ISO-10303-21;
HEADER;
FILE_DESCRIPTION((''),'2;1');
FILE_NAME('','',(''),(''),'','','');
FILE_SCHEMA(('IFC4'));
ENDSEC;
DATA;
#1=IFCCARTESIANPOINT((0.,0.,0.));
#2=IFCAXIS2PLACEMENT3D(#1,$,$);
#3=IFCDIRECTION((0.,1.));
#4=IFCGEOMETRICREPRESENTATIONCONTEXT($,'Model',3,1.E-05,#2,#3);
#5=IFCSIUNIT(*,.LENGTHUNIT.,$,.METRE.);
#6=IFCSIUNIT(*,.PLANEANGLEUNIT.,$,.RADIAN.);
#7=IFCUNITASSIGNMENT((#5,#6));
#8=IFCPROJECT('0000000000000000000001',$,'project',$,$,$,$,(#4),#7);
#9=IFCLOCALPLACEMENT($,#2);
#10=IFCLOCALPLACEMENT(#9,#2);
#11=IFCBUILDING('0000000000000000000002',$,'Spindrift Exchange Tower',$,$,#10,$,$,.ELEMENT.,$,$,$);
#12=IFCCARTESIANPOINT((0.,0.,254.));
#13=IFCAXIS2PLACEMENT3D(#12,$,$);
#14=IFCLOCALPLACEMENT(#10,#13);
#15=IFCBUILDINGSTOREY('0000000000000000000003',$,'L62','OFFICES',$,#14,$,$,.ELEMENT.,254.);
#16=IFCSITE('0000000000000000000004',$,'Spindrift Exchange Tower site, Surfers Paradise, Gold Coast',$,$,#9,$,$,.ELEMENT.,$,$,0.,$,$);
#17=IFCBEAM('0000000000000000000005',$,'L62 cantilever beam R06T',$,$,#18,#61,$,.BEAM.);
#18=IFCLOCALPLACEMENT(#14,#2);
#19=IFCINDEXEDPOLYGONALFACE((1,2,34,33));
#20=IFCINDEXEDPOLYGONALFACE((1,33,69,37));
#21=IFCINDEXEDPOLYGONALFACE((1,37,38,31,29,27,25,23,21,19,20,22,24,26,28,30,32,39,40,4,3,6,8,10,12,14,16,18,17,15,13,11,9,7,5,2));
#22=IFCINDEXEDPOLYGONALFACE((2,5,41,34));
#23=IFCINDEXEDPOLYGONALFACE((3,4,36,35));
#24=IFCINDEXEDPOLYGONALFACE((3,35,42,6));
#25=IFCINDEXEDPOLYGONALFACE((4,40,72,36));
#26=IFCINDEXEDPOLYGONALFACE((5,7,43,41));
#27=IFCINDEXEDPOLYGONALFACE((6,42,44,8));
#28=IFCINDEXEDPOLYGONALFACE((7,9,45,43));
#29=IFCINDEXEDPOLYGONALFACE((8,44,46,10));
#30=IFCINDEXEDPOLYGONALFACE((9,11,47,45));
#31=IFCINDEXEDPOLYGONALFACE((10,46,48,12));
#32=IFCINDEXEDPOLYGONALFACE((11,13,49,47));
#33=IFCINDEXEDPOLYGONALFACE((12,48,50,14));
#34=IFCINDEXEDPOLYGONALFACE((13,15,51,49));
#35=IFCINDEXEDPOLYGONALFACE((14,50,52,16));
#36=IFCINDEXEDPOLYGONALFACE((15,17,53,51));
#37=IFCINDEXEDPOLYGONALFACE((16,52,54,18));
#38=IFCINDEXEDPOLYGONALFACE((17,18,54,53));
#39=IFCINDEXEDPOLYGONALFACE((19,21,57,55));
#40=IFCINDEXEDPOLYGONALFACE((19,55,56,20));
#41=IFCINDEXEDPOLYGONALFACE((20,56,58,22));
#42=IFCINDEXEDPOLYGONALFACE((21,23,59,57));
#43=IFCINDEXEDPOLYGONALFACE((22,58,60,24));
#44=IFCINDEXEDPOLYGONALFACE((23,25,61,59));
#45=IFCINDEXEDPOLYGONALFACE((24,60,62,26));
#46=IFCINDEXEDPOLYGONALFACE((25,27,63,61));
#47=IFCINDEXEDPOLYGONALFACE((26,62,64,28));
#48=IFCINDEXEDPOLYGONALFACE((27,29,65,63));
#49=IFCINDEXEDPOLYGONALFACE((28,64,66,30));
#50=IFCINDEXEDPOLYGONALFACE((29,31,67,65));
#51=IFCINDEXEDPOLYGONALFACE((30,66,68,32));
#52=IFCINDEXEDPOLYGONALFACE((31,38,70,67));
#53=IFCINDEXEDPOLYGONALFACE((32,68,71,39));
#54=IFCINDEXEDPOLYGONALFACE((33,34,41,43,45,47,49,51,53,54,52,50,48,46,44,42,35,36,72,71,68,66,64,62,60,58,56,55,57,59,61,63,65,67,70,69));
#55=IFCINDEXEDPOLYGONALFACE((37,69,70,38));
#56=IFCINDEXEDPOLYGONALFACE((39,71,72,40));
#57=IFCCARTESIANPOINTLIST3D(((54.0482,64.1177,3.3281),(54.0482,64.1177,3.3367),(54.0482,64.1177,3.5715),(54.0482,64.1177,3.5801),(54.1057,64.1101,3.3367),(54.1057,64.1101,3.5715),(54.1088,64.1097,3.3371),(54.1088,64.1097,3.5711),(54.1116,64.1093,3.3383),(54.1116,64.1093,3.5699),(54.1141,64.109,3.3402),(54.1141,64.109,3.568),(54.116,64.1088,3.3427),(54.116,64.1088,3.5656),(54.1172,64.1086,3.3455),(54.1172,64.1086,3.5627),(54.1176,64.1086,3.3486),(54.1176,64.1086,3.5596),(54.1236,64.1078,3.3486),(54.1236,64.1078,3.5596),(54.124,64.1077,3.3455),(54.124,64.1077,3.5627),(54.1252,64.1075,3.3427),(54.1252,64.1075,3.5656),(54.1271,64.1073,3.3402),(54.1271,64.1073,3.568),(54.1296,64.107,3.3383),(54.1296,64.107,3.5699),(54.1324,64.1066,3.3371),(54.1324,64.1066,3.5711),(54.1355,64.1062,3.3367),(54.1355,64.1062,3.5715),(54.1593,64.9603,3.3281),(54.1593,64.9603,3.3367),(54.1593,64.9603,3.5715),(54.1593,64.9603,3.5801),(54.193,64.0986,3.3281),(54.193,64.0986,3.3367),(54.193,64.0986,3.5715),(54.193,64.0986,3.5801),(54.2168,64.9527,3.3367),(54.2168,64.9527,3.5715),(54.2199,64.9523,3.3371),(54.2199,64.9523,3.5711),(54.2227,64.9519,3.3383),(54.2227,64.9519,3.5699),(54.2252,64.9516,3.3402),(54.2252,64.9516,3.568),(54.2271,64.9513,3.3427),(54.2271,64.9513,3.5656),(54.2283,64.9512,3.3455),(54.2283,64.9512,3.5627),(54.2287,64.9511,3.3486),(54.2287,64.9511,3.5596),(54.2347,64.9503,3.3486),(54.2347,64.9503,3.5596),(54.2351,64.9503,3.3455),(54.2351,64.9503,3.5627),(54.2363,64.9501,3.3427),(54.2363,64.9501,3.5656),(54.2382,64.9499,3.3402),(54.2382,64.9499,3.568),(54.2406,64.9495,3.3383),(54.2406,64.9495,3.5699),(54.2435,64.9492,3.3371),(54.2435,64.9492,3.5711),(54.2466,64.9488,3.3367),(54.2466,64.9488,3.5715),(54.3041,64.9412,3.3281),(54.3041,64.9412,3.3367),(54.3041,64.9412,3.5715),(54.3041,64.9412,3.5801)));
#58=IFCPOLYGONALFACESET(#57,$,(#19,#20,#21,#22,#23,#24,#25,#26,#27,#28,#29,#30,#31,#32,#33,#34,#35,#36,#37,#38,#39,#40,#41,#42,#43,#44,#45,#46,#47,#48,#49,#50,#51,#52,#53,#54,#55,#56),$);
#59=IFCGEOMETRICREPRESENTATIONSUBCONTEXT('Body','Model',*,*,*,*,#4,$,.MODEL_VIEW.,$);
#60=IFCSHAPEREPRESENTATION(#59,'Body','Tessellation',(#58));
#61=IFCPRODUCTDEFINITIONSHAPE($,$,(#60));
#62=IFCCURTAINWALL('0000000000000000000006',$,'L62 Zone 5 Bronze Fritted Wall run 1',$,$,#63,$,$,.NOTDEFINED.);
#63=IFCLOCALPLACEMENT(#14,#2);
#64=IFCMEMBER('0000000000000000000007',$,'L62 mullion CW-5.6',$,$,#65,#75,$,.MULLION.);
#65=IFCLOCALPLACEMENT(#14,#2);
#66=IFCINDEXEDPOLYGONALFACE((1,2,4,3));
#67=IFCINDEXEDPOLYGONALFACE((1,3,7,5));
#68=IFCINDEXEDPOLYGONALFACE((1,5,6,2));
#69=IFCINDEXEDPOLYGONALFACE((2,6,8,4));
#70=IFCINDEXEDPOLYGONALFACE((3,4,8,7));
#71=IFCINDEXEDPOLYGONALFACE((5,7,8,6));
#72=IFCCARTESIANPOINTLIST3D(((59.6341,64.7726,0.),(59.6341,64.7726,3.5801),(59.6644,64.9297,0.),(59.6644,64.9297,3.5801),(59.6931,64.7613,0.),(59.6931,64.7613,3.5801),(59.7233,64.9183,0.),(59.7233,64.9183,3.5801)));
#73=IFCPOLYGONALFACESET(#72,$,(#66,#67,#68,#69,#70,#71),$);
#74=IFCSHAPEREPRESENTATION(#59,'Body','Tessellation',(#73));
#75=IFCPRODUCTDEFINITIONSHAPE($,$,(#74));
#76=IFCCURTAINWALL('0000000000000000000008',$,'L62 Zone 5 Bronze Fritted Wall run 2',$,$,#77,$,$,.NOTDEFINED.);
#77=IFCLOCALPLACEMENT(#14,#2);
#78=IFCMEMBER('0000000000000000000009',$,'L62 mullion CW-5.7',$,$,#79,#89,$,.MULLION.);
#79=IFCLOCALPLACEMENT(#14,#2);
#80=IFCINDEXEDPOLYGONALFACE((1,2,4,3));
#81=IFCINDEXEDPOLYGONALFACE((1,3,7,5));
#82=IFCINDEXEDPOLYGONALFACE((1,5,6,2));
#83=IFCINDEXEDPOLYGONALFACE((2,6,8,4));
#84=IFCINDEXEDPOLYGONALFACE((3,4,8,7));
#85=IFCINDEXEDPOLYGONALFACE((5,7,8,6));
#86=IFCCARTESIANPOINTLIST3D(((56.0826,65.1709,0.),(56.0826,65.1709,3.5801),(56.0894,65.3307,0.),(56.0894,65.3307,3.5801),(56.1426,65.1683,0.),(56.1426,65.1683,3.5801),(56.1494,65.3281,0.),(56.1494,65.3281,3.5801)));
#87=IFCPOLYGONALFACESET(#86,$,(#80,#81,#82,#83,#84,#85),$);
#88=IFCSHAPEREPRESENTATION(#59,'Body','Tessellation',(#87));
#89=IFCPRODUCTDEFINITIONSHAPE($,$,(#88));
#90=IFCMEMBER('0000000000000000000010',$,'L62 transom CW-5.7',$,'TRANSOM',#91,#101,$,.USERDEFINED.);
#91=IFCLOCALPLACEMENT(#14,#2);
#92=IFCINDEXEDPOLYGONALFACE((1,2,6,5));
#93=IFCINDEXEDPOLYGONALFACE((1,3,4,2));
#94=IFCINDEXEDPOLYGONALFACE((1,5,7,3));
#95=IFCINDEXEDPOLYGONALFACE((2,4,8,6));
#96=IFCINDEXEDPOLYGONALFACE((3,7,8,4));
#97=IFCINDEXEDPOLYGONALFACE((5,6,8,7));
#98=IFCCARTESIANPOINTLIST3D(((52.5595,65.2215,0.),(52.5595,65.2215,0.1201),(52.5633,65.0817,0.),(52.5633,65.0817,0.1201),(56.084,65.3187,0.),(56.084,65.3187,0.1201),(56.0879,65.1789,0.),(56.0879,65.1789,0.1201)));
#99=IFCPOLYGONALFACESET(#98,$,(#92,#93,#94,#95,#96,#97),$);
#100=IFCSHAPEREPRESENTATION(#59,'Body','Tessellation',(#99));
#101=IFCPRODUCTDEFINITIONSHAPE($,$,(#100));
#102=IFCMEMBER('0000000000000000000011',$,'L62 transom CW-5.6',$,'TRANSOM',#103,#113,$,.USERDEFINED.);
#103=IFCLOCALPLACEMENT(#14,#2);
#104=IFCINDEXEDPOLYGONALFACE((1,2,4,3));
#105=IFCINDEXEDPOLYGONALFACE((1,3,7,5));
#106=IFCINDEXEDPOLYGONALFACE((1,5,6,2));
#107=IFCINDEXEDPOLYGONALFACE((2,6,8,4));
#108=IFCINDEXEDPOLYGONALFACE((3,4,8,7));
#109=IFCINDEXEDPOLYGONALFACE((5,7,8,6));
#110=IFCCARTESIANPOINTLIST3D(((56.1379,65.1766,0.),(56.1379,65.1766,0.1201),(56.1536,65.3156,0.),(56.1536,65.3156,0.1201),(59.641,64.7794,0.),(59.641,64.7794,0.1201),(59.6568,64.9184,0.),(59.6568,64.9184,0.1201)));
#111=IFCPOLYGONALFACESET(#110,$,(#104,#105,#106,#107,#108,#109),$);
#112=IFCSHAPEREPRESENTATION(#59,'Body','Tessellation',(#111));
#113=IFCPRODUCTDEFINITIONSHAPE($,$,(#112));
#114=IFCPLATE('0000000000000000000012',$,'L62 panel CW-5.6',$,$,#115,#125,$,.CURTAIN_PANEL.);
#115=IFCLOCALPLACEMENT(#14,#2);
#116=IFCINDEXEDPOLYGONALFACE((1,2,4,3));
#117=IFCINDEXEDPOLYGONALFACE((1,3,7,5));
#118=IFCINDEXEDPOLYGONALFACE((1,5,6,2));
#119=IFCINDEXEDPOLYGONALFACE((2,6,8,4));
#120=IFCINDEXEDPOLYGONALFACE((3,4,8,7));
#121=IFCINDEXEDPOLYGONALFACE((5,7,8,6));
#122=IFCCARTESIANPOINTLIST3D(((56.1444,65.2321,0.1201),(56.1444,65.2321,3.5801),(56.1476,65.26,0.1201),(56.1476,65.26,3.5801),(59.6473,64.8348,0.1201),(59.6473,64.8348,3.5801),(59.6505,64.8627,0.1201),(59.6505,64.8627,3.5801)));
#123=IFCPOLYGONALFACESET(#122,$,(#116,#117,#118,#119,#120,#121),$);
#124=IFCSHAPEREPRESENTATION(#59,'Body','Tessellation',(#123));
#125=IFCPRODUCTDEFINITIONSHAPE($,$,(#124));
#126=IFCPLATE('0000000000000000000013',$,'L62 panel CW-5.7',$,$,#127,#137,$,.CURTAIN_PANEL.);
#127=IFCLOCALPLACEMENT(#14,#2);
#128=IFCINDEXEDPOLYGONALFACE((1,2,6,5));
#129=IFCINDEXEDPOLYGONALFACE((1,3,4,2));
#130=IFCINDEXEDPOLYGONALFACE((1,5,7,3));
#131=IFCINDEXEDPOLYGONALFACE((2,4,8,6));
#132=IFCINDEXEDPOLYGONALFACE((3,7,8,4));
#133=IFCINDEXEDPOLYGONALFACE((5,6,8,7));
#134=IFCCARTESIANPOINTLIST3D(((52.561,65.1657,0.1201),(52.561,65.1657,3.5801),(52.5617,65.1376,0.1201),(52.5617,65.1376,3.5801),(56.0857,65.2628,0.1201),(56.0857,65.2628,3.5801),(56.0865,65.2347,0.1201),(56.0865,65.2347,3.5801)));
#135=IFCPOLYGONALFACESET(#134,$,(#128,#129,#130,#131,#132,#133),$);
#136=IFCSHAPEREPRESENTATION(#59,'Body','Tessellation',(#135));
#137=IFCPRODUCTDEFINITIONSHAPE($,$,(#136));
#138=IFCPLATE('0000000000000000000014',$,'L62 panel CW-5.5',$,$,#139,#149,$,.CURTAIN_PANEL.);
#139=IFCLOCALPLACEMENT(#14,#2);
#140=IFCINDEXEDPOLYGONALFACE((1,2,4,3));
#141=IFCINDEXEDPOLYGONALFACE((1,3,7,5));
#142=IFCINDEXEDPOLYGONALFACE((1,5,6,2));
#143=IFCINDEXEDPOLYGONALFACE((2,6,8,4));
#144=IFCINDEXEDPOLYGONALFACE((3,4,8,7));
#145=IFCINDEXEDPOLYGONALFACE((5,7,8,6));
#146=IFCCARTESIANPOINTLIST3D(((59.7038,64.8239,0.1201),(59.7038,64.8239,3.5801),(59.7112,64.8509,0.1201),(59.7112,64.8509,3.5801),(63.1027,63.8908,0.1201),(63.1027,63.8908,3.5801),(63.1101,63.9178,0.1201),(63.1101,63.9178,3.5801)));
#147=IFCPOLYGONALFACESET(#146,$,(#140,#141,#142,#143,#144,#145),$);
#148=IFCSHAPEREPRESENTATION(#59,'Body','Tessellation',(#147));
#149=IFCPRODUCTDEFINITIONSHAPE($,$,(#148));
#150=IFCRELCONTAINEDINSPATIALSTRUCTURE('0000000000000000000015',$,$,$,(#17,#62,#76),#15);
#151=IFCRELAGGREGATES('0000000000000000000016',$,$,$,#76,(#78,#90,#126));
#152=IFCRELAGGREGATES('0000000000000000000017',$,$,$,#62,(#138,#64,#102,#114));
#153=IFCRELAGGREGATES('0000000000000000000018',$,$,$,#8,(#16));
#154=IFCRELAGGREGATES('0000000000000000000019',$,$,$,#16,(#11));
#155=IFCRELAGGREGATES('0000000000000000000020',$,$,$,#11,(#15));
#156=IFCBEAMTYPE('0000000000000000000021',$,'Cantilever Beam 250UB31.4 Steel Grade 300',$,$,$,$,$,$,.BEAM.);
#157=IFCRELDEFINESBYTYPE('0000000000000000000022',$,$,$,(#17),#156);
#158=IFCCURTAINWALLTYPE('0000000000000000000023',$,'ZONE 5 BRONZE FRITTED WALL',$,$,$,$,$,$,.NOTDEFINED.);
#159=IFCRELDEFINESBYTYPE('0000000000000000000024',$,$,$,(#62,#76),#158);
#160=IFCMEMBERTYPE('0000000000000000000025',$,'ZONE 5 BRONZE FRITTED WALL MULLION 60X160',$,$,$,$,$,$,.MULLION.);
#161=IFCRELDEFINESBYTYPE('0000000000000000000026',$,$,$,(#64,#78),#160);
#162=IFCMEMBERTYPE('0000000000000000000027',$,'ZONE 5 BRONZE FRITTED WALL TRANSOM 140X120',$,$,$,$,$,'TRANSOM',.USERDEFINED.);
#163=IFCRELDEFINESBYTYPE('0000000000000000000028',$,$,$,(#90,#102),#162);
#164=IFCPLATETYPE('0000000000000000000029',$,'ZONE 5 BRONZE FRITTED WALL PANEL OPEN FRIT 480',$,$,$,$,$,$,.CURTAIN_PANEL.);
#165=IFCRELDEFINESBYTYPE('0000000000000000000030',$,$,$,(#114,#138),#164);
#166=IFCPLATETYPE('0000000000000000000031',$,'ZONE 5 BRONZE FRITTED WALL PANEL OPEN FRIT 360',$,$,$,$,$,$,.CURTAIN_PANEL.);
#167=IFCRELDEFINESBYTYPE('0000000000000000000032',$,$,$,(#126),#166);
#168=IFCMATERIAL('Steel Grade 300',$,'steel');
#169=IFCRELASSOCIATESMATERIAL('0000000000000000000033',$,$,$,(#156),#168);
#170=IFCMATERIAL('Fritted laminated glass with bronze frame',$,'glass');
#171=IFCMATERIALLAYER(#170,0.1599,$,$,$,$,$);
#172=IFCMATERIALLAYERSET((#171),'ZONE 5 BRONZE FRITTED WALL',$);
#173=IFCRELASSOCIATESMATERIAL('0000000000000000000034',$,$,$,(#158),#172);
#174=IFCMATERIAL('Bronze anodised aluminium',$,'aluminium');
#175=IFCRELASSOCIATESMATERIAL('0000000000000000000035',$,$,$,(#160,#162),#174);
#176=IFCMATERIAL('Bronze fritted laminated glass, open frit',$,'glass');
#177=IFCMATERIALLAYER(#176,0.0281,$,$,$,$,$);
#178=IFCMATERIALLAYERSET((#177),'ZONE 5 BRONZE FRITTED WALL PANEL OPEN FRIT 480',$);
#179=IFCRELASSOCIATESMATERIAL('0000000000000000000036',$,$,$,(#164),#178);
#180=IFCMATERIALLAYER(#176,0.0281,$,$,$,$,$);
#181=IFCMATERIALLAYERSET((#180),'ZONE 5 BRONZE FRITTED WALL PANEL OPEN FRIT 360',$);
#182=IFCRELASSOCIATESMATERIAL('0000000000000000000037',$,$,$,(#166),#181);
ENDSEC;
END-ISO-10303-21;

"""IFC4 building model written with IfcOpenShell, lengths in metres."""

from ifc_helpers import new_model, si_unit, direction, frame, origin, origin_2d, place, context, subcontext, project, spatial, rectangle, i_section, extrude, source, transform, mapped, material, layer, layer_set, material_profile, profile_set, type_object, element, aggregate, save


model = new_model("IFC4")

# Units and contexts
model_context = context("Model", 3, precision=1e-05, world=origin(), true_north=direction((0.0, 1.0)))
body_context = subcontext(model_context, "Body", "Model", "MODEL_VIEW")
ifc_project = project(units=[si_unit("LENGTHUNIT", "METRE"), si_unit("PLANEANGLEUNIT", "RADIAN")], contexts=[model_context])

# Site, building, storey
site_placement = place(None, origin())
site = spatial("IfcSite", under=ifc_project, at=site_placement, Name="Spindrift Exchange Tower site, Surfers Paradise, Gold Coast", CompositionType="ELEMENT", RefElevation=0.0)
building_placement = place(site_placement, origin())
building = spatial("IfcBuilding", under=site, at=building_placement, Name="Spindrift Exchange Tower", CompositionType="ELEMENT")
storey_placement = place(building_placement, frame((0.0, 0.0, 254.0)))
storey = spatial("IfcBuildingStorey", under=building, at=storey_placement, Name="L62", Description="OFFICES", CompositionType="ELEMENT", Elevation=254.0)

# Beam
ifc_material_1 = material(Name="Steel Grade 300", Category="steel")
ifc_material_profile_1 = material_profile(ifc_material_1, i_section(OverallWidth=0.146, OverallDepth=0.252, WebThickness=0.0061, FlangeThickness=0.0085, FilletRadius=0.012, at=origin_2d()), Name="250UB31.4")
ifc_profile_set_1 = profile_set([ifc_material_profile_1], Name="Steel Grade 300")
beam_type_1 = type_object("IfcBeamType", Name="Cantilever Beam 250UB31.4 Steel Grade 300", PredefinedType="BEAM", material=ifc_profile_set_1)
shared_shape_1 = source(origin(), body_context, "Body", "SweptSolid", [
    extrude(i_section(OverallWidth=0.146, OverallDepth=0.252, WebThickness=0.0061, FlangeThickness=0.0085, FilletRadius=0.012, at=origin_2d()), origin(), (0.0, 0.0, 1.0), 0.8499),
])
beam_1_placement = place(storey_placement, frame((54.1206, 64.1082, 3.4541), z_axis=(0.130715, 0.99142, 0.0), x_axis=(-0.99142, 0.130715, 0.0)))
element("IfcBeam", 1, at=beam_1_placement, inside=storey, type_object=beam_type_1, Name="L62 cantilever beam R06T", PredefinedType="BEAM", context=body_context, shape_type="MappedRepresentation", body=[
    mapped(shared_shape_1, transform((0.0, 0.0, 0.0), scale=1.0)),
])

# Curtain wall, member
ifc_material_2 = material(Name="Fritted laminated glass with bronze frame", Category="glass")
ifc_layer_1 = layer(ifc_material_2, 0.1599)
ifc_layer_set_1 = layer_set([ifc_layer_1], Name="ZONE 5 BRONZE FRITTED WALL")
curtain_wall_type = type_object("IfcCurtainWallType", Name="ZONE 5 BRONZE FRITTED WALL", PredefinedType="NOTDEFINED", material=ifc_layer_set_1)
curtain_wall_1_placement = place(storey_placement, origin())
curtain_wall_1 = element("IfcCurtainWall", 2, at=curtain_wall_1_placement, inside=storey, type_object=curtain_wall_type, Name="L62 Zone 5 Bronze Fritted Wall run 1", PredefinedType="NOTDEFINED")
ifc_material_3 = material(Name="Bronze anodised aluminium", Category="aluminium")
ifc_material_profile_2 = material_profile(ifc_material_3, rectangle(XDim=0.0601, YDim=0.1599, at=origin_2d()), Name="ZONE 5 BRONZE FRITTED WALL MULLION 60X160")
ifc_profile_set_2 = profile_set([ifc_material_profile_2], Name="Bronze anodised aluminium")
member_type_1 = type_object("IfcMemberType", Name="ZONE 5 BRONZE FRITTED WALL MULLION 60X160", PredefinedType="MULLION", material=ifc_profile_set_2)
shared_shape_2 = source(origin(), body_context, "Body", "SweptSolid", [
    extrude(rectangle(XDim=0.0601, YDim=0.1599, at=origin_2d()), origin(), (0.0, 0.0, 1.0), 3.5801),
])
member_1_placement = place(storey_placement, frame((59.6787, 64.8455, 0.0), z_axis=(0.0, 0.0, 1.0), x_axis=(-0.981922, 0.189288, 0.0)))
member_1 = element("IfcMember", 3, at=member_1_placement, type_object=member_type_1, Name="L62 mullion CW-5.6", PredefinedType="MULLION", context=body_context, shape_type="MappedRepresentation", body=[
    mapped(shared_shape_2, transform((0.0, 0.0, 0.0), scale=1.0)),
])

# Curtain wall, members
curtain_wall_2_placement = place(storey_placement, origin())
curtain_wall_2 = element("IfcCurtainWall", 4, at=curtain_wall_2_placement, inside=storey, type_object=curtain_wall_type, Name="L62 Zone 5 Bronze Fritted Wall run 2", PredefinedType="NOTDEFINED")
member_2_placement = place(storey_placement, frame((56.116, 65.2495, 0.0), z_axis=(0.0, 0.0, 1.0), x_axis=(-0.999088, 0.042695, 0.0)))
member_2 = element("IfcMember", 5, at=member_2_placement, type_object=member_type_1, Name="L62 mullion CW-5.7", PredefinedType="MULLION", context=body_context, shape_type="MappedRepresentation", body=[
    mapped(shared_shape_2, transform((0.0, 0.0, 0.0), scale=1.0)),
])
ifc_material_profile_3 = material_profile(ifc_material_3, rectangle(XDim=0.1399, YDim=0.1201, at=origin_2d()), Name="ZONE 5 BRONZE FRITTED WALL TRANSOM 140X120")
ifc_profile_set_3 = profile_set([ifc_material_profile_3], Name="Bronze anodised aluminium")
member_type_2 = type_object("IfcMemberType", Name="ZONE 5 BRONZE FRITTED WALL TRANSOM 140X120", ElementType="TRANSOM", PredefinedType="USERDEFINED", material=ifc_profile_set_3)
shared_shape_3 = source(origin(), body_context, "Body", "SweptSolid", [
    extrude(rectangle(XDim=0.1399, YDim=0.1201, at=origin_2d()), origin(), (0.0, 0.0, 1.0), 3.5259),
])
member_3_placement = place(storey_placement, frame((56.0859, 65.2488, 0.0601), z_axis=(-0.99962, -0.027558, 0.0), x_axis=(0.027558, -0.99962, 0.0)))
member_3 = element("IfcMember", 6, at=member_3_placement, type_object=member_type_2, Name="L62 transom CW-5.7", ObjectType="TRANSOM", PredefinedType="USERDEFINED", context=body_context, shape_type="MappedRepresentation", body=[
    mapped(shared_shape_3, transform((0.0, 0.0, 0.0), scale=1.0)),
])

# Member
shared_shape_4 = source(origin(), body_context, "Body", "SweptSolid", [
    extrude(rectangle(XDim=0.1399, YDim=0.1201, at=origin_2d()), origin(), (0.0, 0.0, 1.0), 3.5256),
])
member_4_placement = place(storey_placement, frame((59.6489, 64.8489, 0.0601), z_axis=(-0.993633, 0.112666, 0.0), x_axis=(-0.112666, -0.993633, 0.0)))
member_4 = element("IfcMember", 7, at=member_4_placement, type_object=member_type_2, Name="L62 transom CW-5.6", ObjectType="TRANSOM", PredefinedType="USERDEFINED", context=body_context, shape_type="MappedRepresentation", body=[
    mapped(shared_shape_4, transform((0.0, 0.0, 0.0), scale=1.0)),
])

# Plates
ifc_material_4 = material(Name="Bronze fritted laminated glass, open frit", Category="glass")
ifc_layer_2 = layer(ifc_material_4, 0.0281)
ifc_layer_set_2 = layer_set([ifc_layer_2], Name="ZONE 5 BRONZE FRITTED WALL PANEL OPEN FRIT 480")
plate_type_1 = type_object("IfcPlateType", Name="ZONE 5 BRONZE FRITTED WALL PANEL OPEN FRIT 480", PredefinedType="CURTAIN_PANEL", material=ifc_layer_set_2)
shared_shape_5 = source(origin(), body_context, "Body", "SweptSolid", [
    extrude(rectangle(XDim=3.5254, YDim=0.0281, at=origin_2d()), origin(), (0.0, 0.0, 1.0), 3.46),
])
plate_1_placement = place(storey_placement, frame((57.8975, 65.0474, 0.1201), z_axis=(0.0, 0.0, 1.0), x_axis=(-0.993629, 0.112702, 0.0)))
plate_1 = element("IfcPlate", 8, at=plate_1_placement, type_object=plate_type_1, Name="L62 panel CW-5.6", PredefinedType="CURTAIN_PANEL", context=body_context, shape_type="MappedRepresentation", body=[
    mapped(shared_shape_5, transform((0.0, 0.0, 0.0), scale=1.0)),
])
ifc_layer_3 = layer(ifc_material_4, 0.0281)
ifc_layer_set_3 = layer_set([ifc_layer_3], Name="ZONE 5 BRONZE FRITTED WALL PANEL OPEN FRIT 360")
plate_type_2 = type_object("IfcPlateType", Name="ZONE 5 BRONZE FRITTED WALL PANEL OPEN FRIT 360", PredefinedType="CURTAIN_PANEL", material=ifc_layer_set_3)
shared_shape_6 = source(origin(), body_context, "Body", "SweptSolid", [
    extrude(rectangle(XDim=3.5261, YDim=0.0281, at=origin_2d()), origin(), (0.0, 0.0, 1.0), 3.46),
])
plate_2_placement = place(storey_placement, frame((54.3237, 65.2002, 0.1201), z_axis=(0.0, 0.0, 1.0), x_axis=(-0.999621, -0.027524, 0.0)))
plate_2 = element("IfcPlate", 9, at=plate_2_placement, type_object=plate_type_2, Name="L62 panel CW-5.7", PredefinedType="CURTAIN_PANEL", context=body_context, shape_type="MappedRepresentation", body=[
    mapped(shared_shape_6, transform((0.0, 0.0, 0.0), scale=1.0)),
])
aggregate(curtain_wall_2, [member_2, member_3, plate_2])
shared_shape_7 = source(origin(), body_context, "Body", "SweptSolid", [
    extrude(rectangle(XDim=3.5247, YDim=0.0281, at=origin_2d()), origin(), (0.0, 0.0, 1.0), 3.46),
])
plate_3_placement = place(storey_placement, frame((61.407, 64.3708, 0.1201), z_axis=(0.0, 0.0, 1.0), x_axis=(-0.964321, 0.264737, 0.0)))
plate_3 = element("IfcPlate", 10, at=plate_3_placement, type_object=plate_type_1, Name="L62 panel CW-5.5", PredefinedType="CURTAIN_PANEL", context=body_context, shape_type="MappedRepresentation", body=[
    mapped(shared_shape_7, transform((0.0, 0.0, 0.0), scale=1.0)),
])
aggregate(curtain_wall_1, [plate_3, member_1, member_4, plate_1])

save(model, "model.ifc")
